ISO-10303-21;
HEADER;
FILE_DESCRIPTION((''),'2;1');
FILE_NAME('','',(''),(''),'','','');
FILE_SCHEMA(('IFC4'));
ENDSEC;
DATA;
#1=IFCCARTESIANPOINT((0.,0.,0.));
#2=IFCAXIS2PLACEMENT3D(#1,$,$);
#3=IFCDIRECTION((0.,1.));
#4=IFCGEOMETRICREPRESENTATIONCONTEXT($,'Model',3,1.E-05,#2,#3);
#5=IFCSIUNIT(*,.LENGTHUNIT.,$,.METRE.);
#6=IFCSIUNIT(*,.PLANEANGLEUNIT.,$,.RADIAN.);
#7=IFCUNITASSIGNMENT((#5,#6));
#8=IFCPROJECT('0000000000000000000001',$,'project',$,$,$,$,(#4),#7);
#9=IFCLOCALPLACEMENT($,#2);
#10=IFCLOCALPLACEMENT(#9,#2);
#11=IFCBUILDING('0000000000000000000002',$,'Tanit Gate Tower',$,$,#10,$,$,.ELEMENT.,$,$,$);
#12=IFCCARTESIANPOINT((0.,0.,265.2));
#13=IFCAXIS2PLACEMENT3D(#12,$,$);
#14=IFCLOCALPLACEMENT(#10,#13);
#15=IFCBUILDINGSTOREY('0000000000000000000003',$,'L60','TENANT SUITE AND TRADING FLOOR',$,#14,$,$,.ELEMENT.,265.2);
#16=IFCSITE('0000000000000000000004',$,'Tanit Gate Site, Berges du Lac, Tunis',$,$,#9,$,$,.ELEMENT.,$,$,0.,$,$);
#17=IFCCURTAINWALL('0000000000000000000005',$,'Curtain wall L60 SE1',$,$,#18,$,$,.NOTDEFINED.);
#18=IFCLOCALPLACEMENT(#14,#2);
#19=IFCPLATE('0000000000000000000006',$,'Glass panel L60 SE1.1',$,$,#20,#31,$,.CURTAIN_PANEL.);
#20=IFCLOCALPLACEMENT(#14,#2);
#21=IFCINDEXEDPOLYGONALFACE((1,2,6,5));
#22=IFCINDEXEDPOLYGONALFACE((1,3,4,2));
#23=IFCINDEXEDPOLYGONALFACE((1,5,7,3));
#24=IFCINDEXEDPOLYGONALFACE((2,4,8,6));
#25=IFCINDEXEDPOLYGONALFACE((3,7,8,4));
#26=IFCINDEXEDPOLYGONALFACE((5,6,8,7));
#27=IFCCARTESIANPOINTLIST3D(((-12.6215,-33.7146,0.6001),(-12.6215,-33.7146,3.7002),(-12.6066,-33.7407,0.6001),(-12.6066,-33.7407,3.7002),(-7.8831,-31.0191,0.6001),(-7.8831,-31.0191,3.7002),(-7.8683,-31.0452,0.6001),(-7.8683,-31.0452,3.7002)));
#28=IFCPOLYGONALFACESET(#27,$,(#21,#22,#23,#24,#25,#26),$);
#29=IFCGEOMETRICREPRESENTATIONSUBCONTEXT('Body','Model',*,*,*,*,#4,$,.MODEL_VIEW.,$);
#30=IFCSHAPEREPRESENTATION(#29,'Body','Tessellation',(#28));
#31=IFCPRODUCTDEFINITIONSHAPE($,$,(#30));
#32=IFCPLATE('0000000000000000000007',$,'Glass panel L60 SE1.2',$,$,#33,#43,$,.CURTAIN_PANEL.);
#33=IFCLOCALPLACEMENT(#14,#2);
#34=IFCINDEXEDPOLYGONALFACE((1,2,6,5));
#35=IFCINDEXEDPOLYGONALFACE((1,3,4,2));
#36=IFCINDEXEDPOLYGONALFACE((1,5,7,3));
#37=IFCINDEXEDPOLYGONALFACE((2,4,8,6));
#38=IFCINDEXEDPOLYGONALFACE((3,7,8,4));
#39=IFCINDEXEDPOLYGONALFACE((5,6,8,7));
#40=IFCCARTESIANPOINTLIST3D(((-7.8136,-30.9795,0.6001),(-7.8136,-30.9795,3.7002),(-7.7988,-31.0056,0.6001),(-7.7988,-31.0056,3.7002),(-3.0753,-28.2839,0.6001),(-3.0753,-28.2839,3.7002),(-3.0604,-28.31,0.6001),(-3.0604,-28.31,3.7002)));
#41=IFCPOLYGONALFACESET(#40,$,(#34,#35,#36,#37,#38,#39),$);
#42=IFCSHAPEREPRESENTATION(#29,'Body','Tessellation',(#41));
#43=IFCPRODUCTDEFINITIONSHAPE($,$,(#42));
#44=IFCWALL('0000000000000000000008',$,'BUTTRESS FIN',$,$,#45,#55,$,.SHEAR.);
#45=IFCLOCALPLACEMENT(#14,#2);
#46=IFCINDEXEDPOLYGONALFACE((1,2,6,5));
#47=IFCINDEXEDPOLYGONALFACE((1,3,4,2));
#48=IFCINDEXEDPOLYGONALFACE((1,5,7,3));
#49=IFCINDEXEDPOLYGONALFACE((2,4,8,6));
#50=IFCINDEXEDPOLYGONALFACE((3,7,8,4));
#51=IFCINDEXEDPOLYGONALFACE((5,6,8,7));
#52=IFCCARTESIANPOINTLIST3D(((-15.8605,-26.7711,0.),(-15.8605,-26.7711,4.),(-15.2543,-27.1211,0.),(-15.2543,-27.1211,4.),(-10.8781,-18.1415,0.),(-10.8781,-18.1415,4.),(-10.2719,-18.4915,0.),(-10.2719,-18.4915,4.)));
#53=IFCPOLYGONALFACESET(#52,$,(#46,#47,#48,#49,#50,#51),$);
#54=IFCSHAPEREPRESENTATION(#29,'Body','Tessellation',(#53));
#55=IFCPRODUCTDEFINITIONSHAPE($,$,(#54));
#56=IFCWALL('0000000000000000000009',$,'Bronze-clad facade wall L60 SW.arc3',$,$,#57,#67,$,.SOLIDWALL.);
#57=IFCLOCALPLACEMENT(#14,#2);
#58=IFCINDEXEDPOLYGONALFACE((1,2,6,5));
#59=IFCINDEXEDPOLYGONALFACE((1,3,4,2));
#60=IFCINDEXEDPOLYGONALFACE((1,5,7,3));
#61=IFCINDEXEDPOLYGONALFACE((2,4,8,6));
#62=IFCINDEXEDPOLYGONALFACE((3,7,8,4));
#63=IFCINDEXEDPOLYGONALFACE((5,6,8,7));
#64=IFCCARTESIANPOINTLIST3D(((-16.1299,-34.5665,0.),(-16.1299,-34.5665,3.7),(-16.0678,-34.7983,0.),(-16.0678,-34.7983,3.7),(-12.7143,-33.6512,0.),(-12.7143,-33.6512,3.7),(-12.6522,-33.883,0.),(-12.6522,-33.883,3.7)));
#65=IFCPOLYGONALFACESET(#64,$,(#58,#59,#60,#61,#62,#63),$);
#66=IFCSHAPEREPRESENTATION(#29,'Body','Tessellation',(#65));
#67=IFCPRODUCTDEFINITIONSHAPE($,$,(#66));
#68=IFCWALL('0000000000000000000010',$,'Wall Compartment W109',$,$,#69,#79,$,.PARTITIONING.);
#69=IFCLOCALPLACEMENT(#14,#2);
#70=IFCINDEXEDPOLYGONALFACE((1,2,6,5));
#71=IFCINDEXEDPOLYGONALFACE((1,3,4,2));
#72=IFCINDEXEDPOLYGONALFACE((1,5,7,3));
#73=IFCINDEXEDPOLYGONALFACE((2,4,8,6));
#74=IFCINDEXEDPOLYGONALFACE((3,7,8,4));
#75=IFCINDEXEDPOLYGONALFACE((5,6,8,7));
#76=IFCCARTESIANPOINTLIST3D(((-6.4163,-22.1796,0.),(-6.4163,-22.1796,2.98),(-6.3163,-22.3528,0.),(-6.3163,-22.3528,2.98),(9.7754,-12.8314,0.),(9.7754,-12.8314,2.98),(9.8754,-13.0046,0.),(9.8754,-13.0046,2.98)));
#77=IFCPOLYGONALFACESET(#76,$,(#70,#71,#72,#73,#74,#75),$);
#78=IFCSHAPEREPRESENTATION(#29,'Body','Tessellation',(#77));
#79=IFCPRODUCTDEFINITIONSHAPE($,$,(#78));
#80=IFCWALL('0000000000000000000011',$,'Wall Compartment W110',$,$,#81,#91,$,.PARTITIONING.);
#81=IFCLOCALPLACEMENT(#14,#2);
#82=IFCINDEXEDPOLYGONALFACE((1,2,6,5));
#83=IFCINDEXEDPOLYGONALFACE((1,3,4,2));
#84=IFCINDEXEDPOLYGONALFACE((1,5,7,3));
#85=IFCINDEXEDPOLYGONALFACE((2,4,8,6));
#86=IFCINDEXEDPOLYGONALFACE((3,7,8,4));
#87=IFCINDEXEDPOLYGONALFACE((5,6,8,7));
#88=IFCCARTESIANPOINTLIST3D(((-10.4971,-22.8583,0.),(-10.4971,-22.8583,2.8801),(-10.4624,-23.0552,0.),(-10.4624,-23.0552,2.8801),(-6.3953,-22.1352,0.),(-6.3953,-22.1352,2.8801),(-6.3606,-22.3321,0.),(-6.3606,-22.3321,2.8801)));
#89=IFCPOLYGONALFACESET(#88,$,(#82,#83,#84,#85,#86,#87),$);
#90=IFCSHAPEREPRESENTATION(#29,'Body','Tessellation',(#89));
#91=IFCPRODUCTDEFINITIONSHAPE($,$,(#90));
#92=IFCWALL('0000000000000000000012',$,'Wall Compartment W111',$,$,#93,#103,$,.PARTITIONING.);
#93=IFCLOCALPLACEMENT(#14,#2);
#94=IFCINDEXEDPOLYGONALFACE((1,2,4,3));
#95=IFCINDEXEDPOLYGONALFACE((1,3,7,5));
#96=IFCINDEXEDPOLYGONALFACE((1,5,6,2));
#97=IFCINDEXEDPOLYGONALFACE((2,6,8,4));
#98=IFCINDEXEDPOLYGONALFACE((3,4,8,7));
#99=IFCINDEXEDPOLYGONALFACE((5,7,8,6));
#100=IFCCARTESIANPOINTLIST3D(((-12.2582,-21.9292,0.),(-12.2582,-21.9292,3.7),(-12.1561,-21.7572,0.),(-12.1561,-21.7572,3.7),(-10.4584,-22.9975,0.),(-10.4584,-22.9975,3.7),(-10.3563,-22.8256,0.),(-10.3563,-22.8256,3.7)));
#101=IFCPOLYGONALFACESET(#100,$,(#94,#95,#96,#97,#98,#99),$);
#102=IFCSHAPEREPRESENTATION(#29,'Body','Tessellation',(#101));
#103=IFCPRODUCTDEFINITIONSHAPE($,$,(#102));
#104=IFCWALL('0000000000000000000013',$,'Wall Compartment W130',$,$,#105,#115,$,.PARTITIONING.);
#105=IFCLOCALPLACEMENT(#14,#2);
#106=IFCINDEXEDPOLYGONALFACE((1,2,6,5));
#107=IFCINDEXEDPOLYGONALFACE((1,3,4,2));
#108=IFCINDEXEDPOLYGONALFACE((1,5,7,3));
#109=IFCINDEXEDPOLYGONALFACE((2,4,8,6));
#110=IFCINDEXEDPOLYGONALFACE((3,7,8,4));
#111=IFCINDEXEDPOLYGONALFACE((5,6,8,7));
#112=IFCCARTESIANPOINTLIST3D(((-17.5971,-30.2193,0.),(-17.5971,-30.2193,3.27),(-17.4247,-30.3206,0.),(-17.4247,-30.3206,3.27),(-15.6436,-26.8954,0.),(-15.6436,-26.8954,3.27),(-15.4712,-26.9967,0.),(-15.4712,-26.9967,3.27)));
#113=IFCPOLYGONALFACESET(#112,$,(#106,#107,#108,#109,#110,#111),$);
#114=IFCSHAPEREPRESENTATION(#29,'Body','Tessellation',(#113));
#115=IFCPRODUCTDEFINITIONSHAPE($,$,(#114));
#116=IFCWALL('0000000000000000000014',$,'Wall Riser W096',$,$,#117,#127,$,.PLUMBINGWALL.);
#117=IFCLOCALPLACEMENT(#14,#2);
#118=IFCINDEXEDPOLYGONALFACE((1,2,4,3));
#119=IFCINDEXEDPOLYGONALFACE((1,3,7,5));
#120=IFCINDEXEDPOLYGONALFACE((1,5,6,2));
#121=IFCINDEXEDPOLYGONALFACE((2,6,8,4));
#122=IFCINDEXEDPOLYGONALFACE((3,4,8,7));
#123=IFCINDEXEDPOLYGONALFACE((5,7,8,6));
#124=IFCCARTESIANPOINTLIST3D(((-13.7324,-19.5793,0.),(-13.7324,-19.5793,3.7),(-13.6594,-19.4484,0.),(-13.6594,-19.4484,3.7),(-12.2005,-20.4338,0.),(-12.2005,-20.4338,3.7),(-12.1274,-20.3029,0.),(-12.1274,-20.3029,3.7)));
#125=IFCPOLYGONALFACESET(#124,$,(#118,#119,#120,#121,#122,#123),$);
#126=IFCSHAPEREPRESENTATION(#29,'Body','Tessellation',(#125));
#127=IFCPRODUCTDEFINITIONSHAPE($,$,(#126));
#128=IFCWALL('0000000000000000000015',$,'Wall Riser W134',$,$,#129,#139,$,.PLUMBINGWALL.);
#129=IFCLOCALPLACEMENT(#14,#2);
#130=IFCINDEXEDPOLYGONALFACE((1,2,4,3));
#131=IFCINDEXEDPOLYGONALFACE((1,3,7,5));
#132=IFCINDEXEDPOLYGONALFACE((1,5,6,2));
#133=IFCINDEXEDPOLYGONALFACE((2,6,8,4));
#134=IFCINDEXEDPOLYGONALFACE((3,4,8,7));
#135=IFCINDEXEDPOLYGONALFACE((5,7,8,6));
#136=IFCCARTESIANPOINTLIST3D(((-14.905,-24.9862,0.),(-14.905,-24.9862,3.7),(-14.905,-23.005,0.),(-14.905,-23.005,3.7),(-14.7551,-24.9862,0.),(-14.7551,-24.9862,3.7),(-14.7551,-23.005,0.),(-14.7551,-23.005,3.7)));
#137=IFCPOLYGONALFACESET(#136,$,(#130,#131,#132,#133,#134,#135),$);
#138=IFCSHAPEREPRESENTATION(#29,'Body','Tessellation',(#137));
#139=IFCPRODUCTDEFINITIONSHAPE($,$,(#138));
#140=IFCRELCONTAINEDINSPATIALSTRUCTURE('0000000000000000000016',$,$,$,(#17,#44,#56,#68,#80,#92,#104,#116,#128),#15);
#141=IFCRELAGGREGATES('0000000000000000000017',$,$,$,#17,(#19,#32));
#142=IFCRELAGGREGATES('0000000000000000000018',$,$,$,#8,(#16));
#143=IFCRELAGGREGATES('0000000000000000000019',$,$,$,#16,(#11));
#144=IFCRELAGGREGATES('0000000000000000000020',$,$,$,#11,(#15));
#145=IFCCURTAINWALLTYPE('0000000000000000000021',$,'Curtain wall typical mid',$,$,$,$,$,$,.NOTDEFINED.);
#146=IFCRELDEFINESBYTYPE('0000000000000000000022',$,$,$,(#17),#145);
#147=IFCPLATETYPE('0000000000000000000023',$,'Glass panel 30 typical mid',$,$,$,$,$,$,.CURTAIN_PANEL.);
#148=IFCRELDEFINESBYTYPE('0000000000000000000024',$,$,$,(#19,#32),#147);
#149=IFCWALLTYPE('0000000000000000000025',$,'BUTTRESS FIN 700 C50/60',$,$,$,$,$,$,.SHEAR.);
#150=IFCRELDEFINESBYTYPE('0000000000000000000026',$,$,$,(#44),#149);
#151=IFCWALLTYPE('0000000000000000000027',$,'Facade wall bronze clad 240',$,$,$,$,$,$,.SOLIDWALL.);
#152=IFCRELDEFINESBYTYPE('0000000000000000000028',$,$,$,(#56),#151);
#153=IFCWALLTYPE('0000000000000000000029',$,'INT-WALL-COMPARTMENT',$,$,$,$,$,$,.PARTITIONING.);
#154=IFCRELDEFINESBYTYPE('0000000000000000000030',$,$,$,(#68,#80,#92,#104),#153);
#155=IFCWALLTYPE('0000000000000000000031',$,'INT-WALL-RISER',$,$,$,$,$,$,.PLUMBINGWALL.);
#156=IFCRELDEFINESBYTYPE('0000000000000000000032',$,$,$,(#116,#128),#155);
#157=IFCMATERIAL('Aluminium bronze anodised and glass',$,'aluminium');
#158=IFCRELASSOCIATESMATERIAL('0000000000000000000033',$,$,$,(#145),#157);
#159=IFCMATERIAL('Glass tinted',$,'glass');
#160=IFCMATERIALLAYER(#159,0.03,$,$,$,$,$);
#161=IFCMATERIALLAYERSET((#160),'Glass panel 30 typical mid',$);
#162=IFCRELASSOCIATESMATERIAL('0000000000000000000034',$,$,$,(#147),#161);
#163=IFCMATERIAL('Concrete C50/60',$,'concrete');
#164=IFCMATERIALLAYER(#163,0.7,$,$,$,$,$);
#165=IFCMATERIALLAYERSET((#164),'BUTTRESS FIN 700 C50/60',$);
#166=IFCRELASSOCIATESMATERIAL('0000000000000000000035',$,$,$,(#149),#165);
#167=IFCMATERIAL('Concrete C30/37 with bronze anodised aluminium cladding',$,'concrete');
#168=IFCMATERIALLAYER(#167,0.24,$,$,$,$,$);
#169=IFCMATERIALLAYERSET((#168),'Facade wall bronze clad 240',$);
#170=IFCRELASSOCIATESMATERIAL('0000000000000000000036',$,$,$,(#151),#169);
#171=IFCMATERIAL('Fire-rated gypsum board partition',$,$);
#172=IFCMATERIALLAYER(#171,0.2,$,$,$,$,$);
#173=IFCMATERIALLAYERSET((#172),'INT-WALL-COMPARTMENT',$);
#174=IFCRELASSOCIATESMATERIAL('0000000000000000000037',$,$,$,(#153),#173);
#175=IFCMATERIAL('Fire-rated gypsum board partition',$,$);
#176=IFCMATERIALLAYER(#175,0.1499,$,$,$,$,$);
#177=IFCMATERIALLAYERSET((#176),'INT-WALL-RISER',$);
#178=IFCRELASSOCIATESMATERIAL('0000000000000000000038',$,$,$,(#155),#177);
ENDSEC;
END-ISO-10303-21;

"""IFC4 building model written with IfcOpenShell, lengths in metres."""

from ifc_helpers import new_model, si_unit, direction, frame, frame_2d, origin, origin_2d, place, context, subcontext, project, spatial, rectangle, extrude, material, layer, layer_set, type_object, element, aggregate, save


model = new_model("IFC4")

# Units and contexts
model_context = context("Model", 3, precision=1e-05, world=origin(), true_north=direction((0.0, 1.0)))
body_context = subcontext(model_context, "Body", "Model", "MODEL_VIEW")
ifc_project = project(units=[si_unit("LENGTHUNIT", "METRE"), si_unit("PLANEANGLEUNIT", "RADIAN")], contexts=[model_context])

# Site, building, storey
site_placement = place(None, origin())
site = spatial("IfcSite", under=ifc_project, at=site_placement, Name="Tanit Gate Site, Berges du Lac, Tunis", CompositionType="ELEMENT", RefElevation=0.0)
building_placement = place(site_placement, origin())
building = spatial("IfcBuilding", under=site, at=building_placement, Name="Tanit Gate Tower", CompositionType="ELEMENT")
storey_placement = place(building_placement, frame((0.0, 0.0, 265.2)))
storey = spatial("IfcBuildingStorey", under=building, at=storey_placement, Name="L60", Description="TENANT SUITE AND TRADING FLOOR", CompositionType="ELEMENT", Elevation=265.2)

# Curtain wall
ifc_material_1 = material(Name="Aluminium bronze anodised and glass", Category="aluminium")
curtain_wall_type = type_object("IfcCurtainWallType", Name="Curtain wall typical mid", PredefinedType="NOTDEFINED", material=ifc_material_1)
curtain_wall_placement = place(storey_placement, origin())
curtain_wall = element("IfcCurtainWall", 1, at=curtain_wall_placement, inside=storey, type_object=curtain_wall_type, Name="Curtain wall L60 SE1", PredefinedType="NOTDEFINED")

# Plates
ifc_material_2 = material(Name="Glass tinted", Category="glass")
ifc_layer_1 = layer(ifc_material_2, 0.03)
ifc_layer_set_1 = layer_set([ifc_layer_1], Name="Glass panel 30 typical mid")
plate_type = type_object("IfcPlateType", Name="Glass panel 30 typical mid", PredefinedType="CURTAIN_PANEL", material=ifc_layer_set_1)
plate_1_placement = place(storey_placement, frame((-10.2449, -32.3799, 0.6001), z_axis=(0.0, 0.0, 1.0), x_axis=(0.869195, 0.49447, 0.0)))
plate_1 = element("IfcPlate", 2, at=plate_1_placement, type_object=plate_type, Name="Glass panel L60 SE1.1", PredefinedType="CURTAIN_PANEL", context=body_context, shape_type="SweptSolid", body=[
    extrude(rectangle(XDim=5.4514, YDim=0.03, at=origin_2d()), origin(), (0.0, 0.0, 1.0), 3.1001),
])
plate_2_placement = place(storey_placement, frame((-5.437, -29.6448, 0.6001), z_axis=(0.0, 0.0, 1.0), x_axis=(0.869195, 0.49447, 0.0)))
plate_2 = element("IfcPlate", 3, at=plate_2_placement, type_object=plate_type, Name="Glass panel L60 SE1.2", PredefinedType="CURTAIN_PANEL", context=body_context, shape_type="SweptSolid", body=[
    extrude(rectangle(XDim=5.4514, YDim=0.03, at=origin_2d()), origin(), (0.0, 0.0, 1.0), 3.1001),
])
aggregate(curtain_wall, [plate_1, plate_2])

# Wall
ifc_material_3 = material(Name="Concrete C50/60", Category="concrete")
ifc_layer_2 = layer(ifc_material_3, 0.7)
ifc_layer_set_2 = layer_set([ifc_layer_2], Name="BUTTRESS FIN 700 C50/60")
wall_type_1 = type_object("IfcWallType", Name="BUTTRESS FIN 700 C50/60", PredefinedType="SHEAR", material=ifc_layer_set_2)
wall_1_placement = place(storey_placement, frame((-10.575, -18.3164, 0.0), z_axis=(0.0, 0.0, 1.0), x_axis=(-0.500007, -0.866021, 0.0)))
element("IfcWall", 4, at=wall_1_placement, inside=storey, type_object=wall_type_1, Name="BUTTRESS FIN", PredefinedType="SHEAR", context=body_context, shape_type="SweptSolid", body=[
    extrude(rectangle(XDim=9.9646, YDim=0.7, at=frame_2d((4.9824, 0.0))), origin(), (0.0, 0.0, 1.0), 4.0),
])

# Walls
ifc_material_4 = material(Name="Concrete C30/37 with bronze anodised aluminium cladding", Category="concrete")
ifc_layer_3 = layer(ifc_material_4, 0.24)
ifc_layer_set_3 = layer_set([ifc_layer_3], Name="Facade wall bronze clad 240")
wall_type_2 = type_object("IfcWallType", Name="Facade wall bronze clad 240", PredefinedType="SOLIDWALL", material=ifc_layer_set_3)
wall_2_placement = place(storey_placement, frame((-16.0989, -34.6824, 0.0), z_axis=(0.0, 0.0, 1.0), x_axis=(0.965919, 0.258844, 0.0)))
element("IfcWall", 5, at=wall_2_placement, inside=storey, type_object=wall_type_2, Name="Bronze-clad facade wall L60 SW.arc3", PredefinedType="SOLIDWALL", context=body_context, shape_type="SweptSolid", body=[
    extrude(rectangle(XDim=3.5361, YDim=0.24, at=frame_2d((1.7681, 0.0))), origin(), (0.0, 0.0, 1.0), 3.7),
])
ifc_material_5 = material(Name="Fire-rated gypsum board partition")
ifc_layer_4 = layer(ifc_material_5, 0.2)
ifc_layer_set_4 = layer_set([ifc_layer_4], Name="INT-WALL-COMPARTMENT")
wall_type_3 = type_object("IfcWallType", Name="INT-WALL-COMPARTMENT", PredefinedType="PARTITIONING", material=ifc_layer_set_4)
wall_3_placement = place(storey_placement, frame((-6.3662, -22.2661, 0.0), z_axis=(0.0, 0.0, 1.0), x_axis=(0.866028, 0.499996, 0.0)))
element("IfcWall", 6, at=wall_3_placement, inside=storey, type_object=wall_type_3, Name="Wall Compartment W109", PredefinedType="PARTITIONING", context=body_context, shape_type="SweptSolid", body=[
    extrude(rectangle(XDim=18.6965, YDim=0.2, at=frame_2d((9.3481, 0.0))), origin(), (0.0, 0.0, 1.0), 2.98),
])
wall_4_placement = place(storey_placement, frame((-10.4797, -22.9568, 0.0), z_axis=(0.0, 0.0, 1.0), x_axis=(0.984812, 0.173621, 0.0)))
element("IfcWall", 7, at=wall_4_placement, inside=storey, type_object=wall_type_3, Name="Wall Compartment W110", PredefinedType="PARTITIONING", context=body_context, shape_type="SweptSolid", body=[
    extrude(rectangle(XDim=4.165, YDim=0.2, at=frame_2d((2.0825, 0.0))), origin(), (0.0, 0.0, 1.0), 2.8801),
])
wall_5_placement = place(storey_placement, frame((-12.207, -21.8433, 0.0), z_axis=(0.0, 0.0, 1.0), x_axis=(0.859912, -0.510442, 0.0)))
element("IfcWall", 8, at=wall_5_placement, inside=storey, type_object=wall_type_3, Name="Wall Compartment W111", PredefinedType="PARTITIONING", context=body_context, shape_type="SweptSolid", body=[
    extrude(rectangle(XDim=2.093, YDim=0.2, at=frame_2d((1.0464, 0.0))), origin(), (0.0, 0.0, 1.0), 3.7),
])
wall_6_placement = place(storey_placement, frame((-15.5574, -26.946, 0.0), z_axis=(0.0, 0.0, 1.0), x_axis=(-0.506699, -0.862123, 0.0)))
element("IfcWall", 9, at=wall_6_placement, inside=storey, type_object=wall_type_3, Name="Wall Compartment W130", PredefinedType="PARTITIONING", context=body_context, shape_type="SweptSolid", body=[
    extrude(rectangle(XDim=3.8555, YDim=0.2, at=frame_2d((1.9277, 0.0))), origin(), (0.0, 0.0, 1.0), 3.27),
])
ifc_material_6 = material(Name="Fire-rated gypsum board partition")
ifc_layer_5 = layer(ifc_material_6, 0.1499)
ifc_layer_set_5 = layer_set([ifc_layer_5], Name="INT-WALL-RISER")
wall_type_4 = type_object("IfcWallType", Name="INT-WALL-RISER", PredefinedType="PLUMBINGWALL", material=ifc_layer_set_5)
wall_7_placement = place(storey_placement, frame((-13.6958, -19.5139, 0.0), z_axis=(0.0, 0.0, 1.0), x_axis=(0.873335, -0.487119, 0.0)))
element("IfcWall", 10, at=wall_7_placement, inside=storey, type_object=wall_type_4, Name="Wall Riser W096", PredefinedType="PLUMBINGWALL", context=body_context, shape_type="SweptSolid", body=[
    extrude(rectangle(XDim=1.7542, YDim=0.1499, at=frame_2d((0.877, 0.0))), origin(), (0.0, 0.0, 1.0), 3.7),
])
wall_8_placement = place(storey_placement, frame((-14.8301, -24.9863, 0.0), z_axis=(0.0, 0.0, 1.0), x_axis=(0.0, 1.0, 0.0)))
element("IfcWall", 11, at=wall_8_placement, inside=storey, type_object=wall_type_4, Name="Wall Riser W134", PredefinedType="PLUMBINGWALL", context=body_context, shape_type="SweptSolid", body=[
    extrude(rectangle(XDim=1.9812, YDim=0.1499, at=frame_2d((0.9907, 0.0))), origin(), (0.0, 0.0, 1.0), 3.7),
])

save(model, "model.ifc")
